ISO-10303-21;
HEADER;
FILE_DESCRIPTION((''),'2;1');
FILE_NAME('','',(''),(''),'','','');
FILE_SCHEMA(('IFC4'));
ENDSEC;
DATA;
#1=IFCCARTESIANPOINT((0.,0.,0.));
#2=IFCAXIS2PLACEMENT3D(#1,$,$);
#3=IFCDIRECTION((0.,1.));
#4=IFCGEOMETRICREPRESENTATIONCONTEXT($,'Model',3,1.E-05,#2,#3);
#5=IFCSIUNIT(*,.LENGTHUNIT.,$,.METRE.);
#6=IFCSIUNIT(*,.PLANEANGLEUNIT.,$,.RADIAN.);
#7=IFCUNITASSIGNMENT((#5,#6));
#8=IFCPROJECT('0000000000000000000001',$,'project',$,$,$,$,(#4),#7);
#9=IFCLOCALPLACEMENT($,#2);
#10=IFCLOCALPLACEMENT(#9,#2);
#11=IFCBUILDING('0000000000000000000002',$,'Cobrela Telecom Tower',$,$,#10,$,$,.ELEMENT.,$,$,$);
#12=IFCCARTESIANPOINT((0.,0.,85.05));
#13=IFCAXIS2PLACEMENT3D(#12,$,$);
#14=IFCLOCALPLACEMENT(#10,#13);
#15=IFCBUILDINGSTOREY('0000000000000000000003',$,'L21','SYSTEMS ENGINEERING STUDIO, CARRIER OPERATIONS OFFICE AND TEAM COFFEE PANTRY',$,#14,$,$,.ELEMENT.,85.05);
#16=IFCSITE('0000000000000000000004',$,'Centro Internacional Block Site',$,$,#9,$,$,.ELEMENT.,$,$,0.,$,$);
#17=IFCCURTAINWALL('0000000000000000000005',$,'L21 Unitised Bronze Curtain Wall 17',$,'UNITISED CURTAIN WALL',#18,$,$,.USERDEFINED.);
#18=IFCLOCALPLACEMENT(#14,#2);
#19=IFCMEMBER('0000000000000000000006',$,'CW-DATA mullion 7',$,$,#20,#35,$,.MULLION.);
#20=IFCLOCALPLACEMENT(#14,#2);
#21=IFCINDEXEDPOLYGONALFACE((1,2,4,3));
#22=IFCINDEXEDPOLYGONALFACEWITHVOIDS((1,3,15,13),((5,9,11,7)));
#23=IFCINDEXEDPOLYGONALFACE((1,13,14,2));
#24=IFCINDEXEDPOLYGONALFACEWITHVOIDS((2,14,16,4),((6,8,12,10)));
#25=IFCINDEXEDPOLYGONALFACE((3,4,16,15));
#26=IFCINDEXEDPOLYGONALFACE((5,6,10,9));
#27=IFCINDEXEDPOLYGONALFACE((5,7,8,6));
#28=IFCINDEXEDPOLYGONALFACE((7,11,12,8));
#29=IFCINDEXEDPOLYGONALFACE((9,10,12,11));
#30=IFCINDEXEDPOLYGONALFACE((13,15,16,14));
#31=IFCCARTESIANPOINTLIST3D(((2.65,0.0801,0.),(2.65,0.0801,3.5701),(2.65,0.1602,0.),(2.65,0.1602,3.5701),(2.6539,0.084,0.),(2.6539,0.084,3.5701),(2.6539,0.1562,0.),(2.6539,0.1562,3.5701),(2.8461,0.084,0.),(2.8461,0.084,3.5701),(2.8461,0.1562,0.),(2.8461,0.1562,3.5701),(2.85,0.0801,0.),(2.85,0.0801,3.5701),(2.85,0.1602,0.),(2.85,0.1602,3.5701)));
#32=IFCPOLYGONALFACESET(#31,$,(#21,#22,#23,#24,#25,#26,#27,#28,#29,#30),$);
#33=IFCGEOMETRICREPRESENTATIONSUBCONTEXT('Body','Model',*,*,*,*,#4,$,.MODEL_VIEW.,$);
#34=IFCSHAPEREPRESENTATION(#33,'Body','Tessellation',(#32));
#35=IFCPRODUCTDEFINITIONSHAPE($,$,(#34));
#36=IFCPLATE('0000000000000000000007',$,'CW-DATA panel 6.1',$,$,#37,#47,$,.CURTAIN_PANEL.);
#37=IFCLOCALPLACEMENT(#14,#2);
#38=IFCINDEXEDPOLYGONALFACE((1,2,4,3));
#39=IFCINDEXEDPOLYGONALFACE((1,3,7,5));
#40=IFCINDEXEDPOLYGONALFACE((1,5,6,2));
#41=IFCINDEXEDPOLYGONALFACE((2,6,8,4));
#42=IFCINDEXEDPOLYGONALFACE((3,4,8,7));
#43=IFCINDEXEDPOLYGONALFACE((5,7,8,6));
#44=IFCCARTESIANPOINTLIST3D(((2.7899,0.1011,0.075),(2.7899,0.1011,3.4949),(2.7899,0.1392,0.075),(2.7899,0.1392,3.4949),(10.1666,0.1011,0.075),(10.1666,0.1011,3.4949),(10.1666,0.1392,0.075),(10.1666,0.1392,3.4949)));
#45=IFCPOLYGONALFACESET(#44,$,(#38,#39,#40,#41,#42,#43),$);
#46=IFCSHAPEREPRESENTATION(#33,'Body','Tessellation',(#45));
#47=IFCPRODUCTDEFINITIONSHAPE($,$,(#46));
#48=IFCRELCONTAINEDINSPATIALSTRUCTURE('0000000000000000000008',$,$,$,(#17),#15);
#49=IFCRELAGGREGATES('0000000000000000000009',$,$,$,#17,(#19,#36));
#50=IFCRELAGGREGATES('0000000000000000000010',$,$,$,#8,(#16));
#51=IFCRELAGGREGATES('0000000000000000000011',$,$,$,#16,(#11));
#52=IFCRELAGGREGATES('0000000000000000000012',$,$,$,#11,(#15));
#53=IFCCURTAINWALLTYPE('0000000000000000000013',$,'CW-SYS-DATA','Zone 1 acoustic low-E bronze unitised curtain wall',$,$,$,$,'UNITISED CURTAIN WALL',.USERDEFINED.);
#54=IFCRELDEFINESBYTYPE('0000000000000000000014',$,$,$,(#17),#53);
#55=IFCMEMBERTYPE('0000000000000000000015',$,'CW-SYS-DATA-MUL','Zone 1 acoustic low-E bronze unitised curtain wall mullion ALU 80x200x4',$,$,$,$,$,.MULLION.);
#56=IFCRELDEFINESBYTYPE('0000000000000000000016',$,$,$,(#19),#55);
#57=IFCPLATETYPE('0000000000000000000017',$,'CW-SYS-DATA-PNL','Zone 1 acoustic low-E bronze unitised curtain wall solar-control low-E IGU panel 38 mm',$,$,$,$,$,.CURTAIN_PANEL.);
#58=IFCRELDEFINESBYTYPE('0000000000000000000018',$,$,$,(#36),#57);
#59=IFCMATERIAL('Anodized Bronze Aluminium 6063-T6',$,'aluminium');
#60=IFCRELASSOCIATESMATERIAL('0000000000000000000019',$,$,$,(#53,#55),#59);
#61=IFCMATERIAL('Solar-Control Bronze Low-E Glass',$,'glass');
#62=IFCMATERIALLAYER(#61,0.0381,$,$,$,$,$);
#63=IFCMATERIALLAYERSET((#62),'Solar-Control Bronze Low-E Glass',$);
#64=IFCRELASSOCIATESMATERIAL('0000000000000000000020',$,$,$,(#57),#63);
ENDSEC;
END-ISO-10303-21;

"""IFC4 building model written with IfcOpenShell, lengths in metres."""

from ifc_helpers import new_model, si_unit, direction, frame, origin, origin_2d, place, context, subcontext, project, spatial, rectangle, hollow_rectangle, extrude, material, layer, layer_set, material_profile, profile_set, type_object, element, aggregate, save


model = new_model("IFC4")

# Units and contexts
model_context = context("Model", 3, precision=1e-05, world=origin(), true_north=direction((0.0, 1.0)))
body_context = subcontext(model_context, "Body", "Model", "MODEL_VIEW")
ifc_project = project(units=[si_unit("LENGTHUNIT", "METRE"), si_unit("PLANEANGLEUNIT", "RADIAN")], contexts=[model_context])

# Site, building, storey
site_placement = place(None, origin())
site = spatial("IfcSite", under=ifc_project, at=site_placement, Name="Centro Internacional Block Site", CompositionType="ELEMENT", RefElevation=0.0)
building_placement = place(site_placement, origin())
building = spatial("IfcBuilding", under=site, at=building_placement, Name="Cobrela Telecom Tower", CompositionType="ELEMENT")
storey_placement = place(building_placement, frame((0.0, 0.0, 85.05)))
storey = spatial("IfcBuildingStorey", under=building, at=storey_placement, Name="L21", Description="SYSTEMS ENGINEERING STUDIO, CARRIER OPERATIONS OFFICE AND TEAM COFFEE PANTRY", CompositionType="ELEMENT", Elevation=85.05)

# Curtain wall, member, plate
ifc_material_1 = material(Name="Anodized Bronze Aluminium 6063-T6", Category="aluminium")
curtain_wall_type = type_object("IfcCurtainWallType", Name="CW-SYS-DATA", Description="Zone 1 acoustic low-E bronze unitised curtain wall", ElementType="UNITISED CURTAIN WALL", PredefinedType="USERDEFINED", material=ifc_material_1)
curtain_wall_placement = place(storey_placement, origin())
curtain_wall = element("IfcCurtainWall", 1, at=curtain_wall_placement, inside=storey, type_object=curtain_wall_type, Name="L21 Unitised Bronze Curtain Wall 17", ObjectType="UNITISED CURTAIN WALL", PredefinedType="USERDEFINED")
ifc_material_profile = material_profile(ifc_material_1, hollow_rectangle(XDim=0.0801, YDim=0.2, WallThickness=0.0039, at=origin_2d()), Name="ALU 80x200x4")
ifc_profile_set = profile_set([ifc_material_profile], Name="Anodized Bronze Aluminium 6063-T6")
member_type = type_object("IfcMemberType", Name="CW-SYS-DATA-MUL", Description="Zone 1 acoustic low-E bronze unitised curtain wall mullion ALU 80x200x4", PredefinedType="MULLION", material=ifc_profile_set)
member_placement = place(storey_placement, frame((2.75, 0.1201, 0.0), z_axis=(0.0, 0.0, 1.0), x_axis=(0.0, -1.0, 0.0)))
member = element("IfcMember", 2, at=member_placement, type_object=member_type, Name="CW-DATA mullion 7", PredefinedType="MULLION", context=body_context, shape_type="SweptSolid", body=[
    extrude(hollow_rectangle(XDim=0.0801, YDim=0.2, WallThickness=0.0039, at=origin_2d()), origin(), (0.0, 0.0, 1.0), 3.5701),
])
ifc_material_2 = material(Name="Solar-Control Bronze Low-E Glass", Category="glass")
ifc_layer_1 = layer(ifc_material_2, 0.0381)
ifc_layer_set_1 = layer_set([ifc_layer_1], Name="Solar-Control Bronze Low-E Glass")
plate_type = type_object("IfcPlateType", Name="CW-SYS-DATA-PNL", Description="Zone 1 acoustic low-E bronze unitised curtain wall solar-control low-E IGU panel 38 mm", PredefinedType="CURTAIN_PANEL", material=ifc_layer_set_1)
plate_placement = place(storey_placement, frame((6.4783, 0.1201, 0.075), z_axis=(0.0, 0.0, 1.0), x_axis=(-1.0, 0.0, 0.0)))
plate = element("IfcPlate", 3, at=plate_placement, type_object=plate_type, Name="CW-DATA panel 6.1", PredefinedType="CURTAIN_PANEL", context=body_context, shape_type="SweptSolid", body=[
    extrude(rectangle(XDim=7.3767, YDim=0.0381, at=origin_2d()), origin(), (0.0, 0.0, 1.0), 3.4199),
])
aggregate(curtain_wall, [member, plate])

save(model, "model.ifc")
